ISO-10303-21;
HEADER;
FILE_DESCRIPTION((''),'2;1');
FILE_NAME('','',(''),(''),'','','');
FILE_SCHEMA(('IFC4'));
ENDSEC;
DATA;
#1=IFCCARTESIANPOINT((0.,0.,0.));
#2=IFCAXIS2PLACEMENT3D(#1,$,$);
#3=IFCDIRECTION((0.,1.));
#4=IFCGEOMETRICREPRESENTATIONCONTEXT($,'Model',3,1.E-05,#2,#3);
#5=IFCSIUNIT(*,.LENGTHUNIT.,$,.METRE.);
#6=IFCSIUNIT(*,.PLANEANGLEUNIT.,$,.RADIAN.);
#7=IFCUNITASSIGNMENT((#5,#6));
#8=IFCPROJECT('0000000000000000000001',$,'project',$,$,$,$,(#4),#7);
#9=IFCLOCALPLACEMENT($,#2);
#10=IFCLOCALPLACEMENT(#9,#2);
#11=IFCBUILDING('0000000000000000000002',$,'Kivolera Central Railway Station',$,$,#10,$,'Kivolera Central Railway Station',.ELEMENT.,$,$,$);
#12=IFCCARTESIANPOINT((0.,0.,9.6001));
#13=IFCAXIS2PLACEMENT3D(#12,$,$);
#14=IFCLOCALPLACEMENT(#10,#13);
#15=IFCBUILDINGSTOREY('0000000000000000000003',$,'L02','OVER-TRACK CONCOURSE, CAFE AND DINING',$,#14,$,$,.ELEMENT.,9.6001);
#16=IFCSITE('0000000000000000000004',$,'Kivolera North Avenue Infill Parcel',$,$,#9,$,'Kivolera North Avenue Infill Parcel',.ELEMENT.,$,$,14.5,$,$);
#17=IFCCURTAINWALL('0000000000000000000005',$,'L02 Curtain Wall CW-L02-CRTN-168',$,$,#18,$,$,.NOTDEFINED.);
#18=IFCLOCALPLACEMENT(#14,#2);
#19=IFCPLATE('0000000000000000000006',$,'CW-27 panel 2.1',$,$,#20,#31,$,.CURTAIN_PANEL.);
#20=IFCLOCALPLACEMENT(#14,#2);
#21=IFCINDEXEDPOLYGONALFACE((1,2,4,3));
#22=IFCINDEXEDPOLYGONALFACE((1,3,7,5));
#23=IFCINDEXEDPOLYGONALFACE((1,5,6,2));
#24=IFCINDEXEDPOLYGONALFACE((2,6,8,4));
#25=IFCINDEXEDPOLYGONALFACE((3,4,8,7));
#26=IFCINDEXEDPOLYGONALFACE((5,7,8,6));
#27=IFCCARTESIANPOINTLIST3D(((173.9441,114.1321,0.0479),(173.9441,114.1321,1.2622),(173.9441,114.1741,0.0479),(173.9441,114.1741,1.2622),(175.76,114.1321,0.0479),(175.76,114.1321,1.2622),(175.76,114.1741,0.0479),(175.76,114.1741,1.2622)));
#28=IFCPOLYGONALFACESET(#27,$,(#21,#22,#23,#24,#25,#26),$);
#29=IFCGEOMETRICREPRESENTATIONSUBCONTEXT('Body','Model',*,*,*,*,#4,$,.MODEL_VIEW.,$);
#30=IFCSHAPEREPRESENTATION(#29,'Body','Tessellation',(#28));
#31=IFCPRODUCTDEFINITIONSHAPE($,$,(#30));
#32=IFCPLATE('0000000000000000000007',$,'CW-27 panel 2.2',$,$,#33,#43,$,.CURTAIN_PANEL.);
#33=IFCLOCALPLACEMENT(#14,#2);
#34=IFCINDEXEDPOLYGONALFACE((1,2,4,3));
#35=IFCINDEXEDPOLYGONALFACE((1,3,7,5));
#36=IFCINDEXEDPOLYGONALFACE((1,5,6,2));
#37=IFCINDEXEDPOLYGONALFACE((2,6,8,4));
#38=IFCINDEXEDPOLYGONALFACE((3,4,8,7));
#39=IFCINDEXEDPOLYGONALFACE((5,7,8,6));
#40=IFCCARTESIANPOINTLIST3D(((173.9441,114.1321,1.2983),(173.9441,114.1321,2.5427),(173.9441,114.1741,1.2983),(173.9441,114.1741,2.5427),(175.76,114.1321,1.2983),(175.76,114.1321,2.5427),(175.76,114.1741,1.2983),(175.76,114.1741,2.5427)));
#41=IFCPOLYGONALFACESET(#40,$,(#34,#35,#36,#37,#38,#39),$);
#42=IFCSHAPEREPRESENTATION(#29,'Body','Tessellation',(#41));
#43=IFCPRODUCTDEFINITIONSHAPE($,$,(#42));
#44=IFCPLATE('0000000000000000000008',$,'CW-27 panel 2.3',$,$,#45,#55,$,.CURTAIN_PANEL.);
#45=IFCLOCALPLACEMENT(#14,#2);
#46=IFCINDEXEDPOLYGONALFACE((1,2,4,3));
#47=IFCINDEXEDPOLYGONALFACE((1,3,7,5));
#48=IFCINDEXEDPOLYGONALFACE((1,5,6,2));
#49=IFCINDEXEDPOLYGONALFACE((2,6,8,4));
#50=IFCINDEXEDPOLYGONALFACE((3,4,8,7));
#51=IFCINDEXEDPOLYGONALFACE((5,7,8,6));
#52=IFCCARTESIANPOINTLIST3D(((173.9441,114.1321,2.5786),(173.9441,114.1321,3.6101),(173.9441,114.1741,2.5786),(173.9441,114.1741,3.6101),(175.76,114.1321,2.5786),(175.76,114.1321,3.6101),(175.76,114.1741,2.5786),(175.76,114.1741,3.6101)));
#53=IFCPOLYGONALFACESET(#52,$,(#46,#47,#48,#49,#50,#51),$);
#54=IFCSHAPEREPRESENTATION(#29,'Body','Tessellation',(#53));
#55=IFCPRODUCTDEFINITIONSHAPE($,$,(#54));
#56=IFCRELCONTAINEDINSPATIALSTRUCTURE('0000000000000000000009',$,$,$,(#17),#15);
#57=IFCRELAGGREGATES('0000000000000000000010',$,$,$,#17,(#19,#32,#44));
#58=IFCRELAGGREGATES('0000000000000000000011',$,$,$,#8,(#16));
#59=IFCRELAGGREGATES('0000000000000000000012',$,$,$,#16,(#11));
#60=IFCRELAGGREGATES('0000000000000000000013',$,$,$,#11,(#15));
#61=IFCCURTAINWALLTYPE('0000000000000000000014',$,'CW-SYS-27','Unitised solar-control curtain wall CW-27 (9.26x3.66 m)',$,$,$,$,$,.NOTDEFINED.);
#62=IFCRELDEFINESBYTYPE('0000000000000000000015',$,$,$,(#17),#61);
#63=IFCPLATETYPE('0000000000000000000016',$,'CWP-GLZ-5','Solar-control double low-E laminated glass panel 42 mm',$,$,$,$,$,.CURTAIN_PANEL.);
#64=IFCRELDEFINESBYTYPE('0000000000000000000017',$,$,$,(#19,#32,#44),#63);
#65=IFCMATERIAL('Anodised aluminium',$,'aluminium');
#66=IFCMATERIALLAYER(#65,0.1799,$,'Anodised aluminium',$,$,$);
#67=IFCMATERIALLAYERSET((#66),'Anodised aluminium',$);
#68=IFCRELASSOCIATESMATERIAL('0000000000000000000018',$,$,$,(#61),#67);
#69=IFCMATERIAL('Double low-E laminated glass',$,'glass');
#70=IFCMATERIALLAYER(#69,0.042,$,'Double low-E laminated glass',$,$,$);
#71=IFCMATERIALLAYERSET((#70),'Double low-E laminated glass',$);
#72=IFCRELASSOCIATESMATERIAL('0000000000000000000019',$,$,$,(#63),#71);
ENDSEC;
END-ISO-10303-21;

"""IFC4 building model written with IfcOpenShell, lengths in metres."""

from ifc_helpers import new_model, si_unit, direction, frame, origin, origin_2d, place, context, subcontext, project, spatial, rectangle, extrude, material, layer, layer_set, type_object, element, aggregate, save


model = new_model("IFC4")

# Units and contexts
model_context = context("Model", 3, precision=1e-05, world=origin(), true_north=direction((0.0, 1.0)))
body_context = subcontext(model_context, "Body", "Model", "MODEL_VIEW")
ifc_project = project(units=[si_unit("LENGTHUNIT", "METRE"), si_unit("PLANEANGLEUNIT", "RADIAN")], contexts=[model_context])

# Site, building, storey
site_placement = place(None, origin())
site = spatial("IfcSite", under=ifc_project, at=site_placement, Name="Kivolera North Avenue Infill Parcel", LongName="Kivolera North Avenue Infill Parcel", CompositionType="ELEMENT", RefElevation=14.5)
building_placement = place(site_placement, origin())
building = spatial("IfcBuilding", under=site, at=building_placement, Name="Kivolera Central Railway Station", LongName="Kivolera Central Railway Station", CompositionType="ELEMENT")
storey_placement = place(building_placement, frame((0.0, 0.0, 9.6001)))
storey = spatial("IfcBuildingStorey", under=building, at=storey_placement, Name="L02", Description="OVER-TRACK CONCOURSE, CAFE AND DINING", CompositionType="ELEMENT", Elevation=9.6001)

# Curtain wall, plates
ifc_material_1 = material(Name="Anodised aluminium", Category="aluminium")
ifc_layer_1 = layer(ifc_material_1, 0.1799, Name="Anodised aluminium")
ifc_layer_set_1 = layer_set([ifc_layer_1], Name="Anodised aluminium")
curtain_wall_type = type_object("IfcCurtainWallType", Name="CW-SYS-27", Description="Unitised solar-control curtain wall CW-27 (9.26x3.66 m)", PredefinedType="NOTDEFINED", material=ifc_layer_set_1)
curtain_wall_placement = place(storey_placement, origin())
curtain_wall = element("IfcCurtainWall", 1, at=curtain_wall_placement, inside=storey, type_object=curtain_wall_type, Name="L02 Curtain Wall CW-L02-CRTN-168", PredefinedType="NOTDEFINED")
ifc_material_2 = material(Name="Double low-E laminated glass", Category="glass")
ifc_layer_2 = layer(ifc_material_2, 0.042, Name="Double low-E laminated glass")
ifc_layer_set_2 = layer_set([ifc_layer_2], Name="Double low-E laminated glass")
plate_type = type_object("IfcPlateType", Name="CWP-GLZ-5", Description="Solar-control double low-E laminated glass panel 42 mm", PredefinedType="CURTAIN_PANEL", material=ifc_layer_set_2)
plate_1_placement = place(storey_placement, frame((174.8521, 114.1531, 0.0479), z_axis=(0.0, 0.0, 1.0), x_axis=(-1.0, 0.0, 0.0)))
plate_1 = element("IfcPlate", 2, at=plate_1_placement, type_object=plate_type, Name="CW-27 panel 2.1", PredefinedType="CURTAIN_PANEL", context=body_context, shape_type="SweptSolid", body=[
    extrude(rectangle(XDim=1.8159, YDim=0.042, at=origin_2d()), origin(), (0.0, 0.0, 1.0), 1.2144),
])
plate_2_placement = place(storey_placement, frame((174.8521, 114.1531, 1.2983), z_axis=(0.0, 0.0, 1.0), x_axis=(-1.0, 0.0, 0.0)))
plate_2 = element("IfcPlate", 3, at=plate_2_placement, type_object=plate_type, Name="CW-27 panel 2.2", PredefinedType="CURTAIN_PANEL", context=body_context, shape_type="SweptSolid", body=[
    extrude(rectangle(XDim=1.8159, YDim=0.042, at=origin_2d()), origin(), (0.0, 0.0, 1.0), 1.2444),
])
plate_3_placement = place(storey_placement, frame((174.8521, 114.1531, 2.5786), z_axis=(0.0, 0.0, 1.0), x_axis=(-1.0, 0.0, 0.0)))
plate_3 = element("IfcPlate", 4, at=plate_3_placement, type_object=plate_type, Name="CW-27 panel 2.3", PredefinedType="CURTAIN_PANEL", context=body_context, shape_type="SweptSolid", body=[
    extrude(rectangle(XDim=1.8159, YDim=0.042, at=origin_2d()), origin(), (0.0, 0.0, 1.0), 1.0315),
])
aggregate(curtain_wall, [plate_1, plate_2, plate_3])

save(model, "model.ifc")
